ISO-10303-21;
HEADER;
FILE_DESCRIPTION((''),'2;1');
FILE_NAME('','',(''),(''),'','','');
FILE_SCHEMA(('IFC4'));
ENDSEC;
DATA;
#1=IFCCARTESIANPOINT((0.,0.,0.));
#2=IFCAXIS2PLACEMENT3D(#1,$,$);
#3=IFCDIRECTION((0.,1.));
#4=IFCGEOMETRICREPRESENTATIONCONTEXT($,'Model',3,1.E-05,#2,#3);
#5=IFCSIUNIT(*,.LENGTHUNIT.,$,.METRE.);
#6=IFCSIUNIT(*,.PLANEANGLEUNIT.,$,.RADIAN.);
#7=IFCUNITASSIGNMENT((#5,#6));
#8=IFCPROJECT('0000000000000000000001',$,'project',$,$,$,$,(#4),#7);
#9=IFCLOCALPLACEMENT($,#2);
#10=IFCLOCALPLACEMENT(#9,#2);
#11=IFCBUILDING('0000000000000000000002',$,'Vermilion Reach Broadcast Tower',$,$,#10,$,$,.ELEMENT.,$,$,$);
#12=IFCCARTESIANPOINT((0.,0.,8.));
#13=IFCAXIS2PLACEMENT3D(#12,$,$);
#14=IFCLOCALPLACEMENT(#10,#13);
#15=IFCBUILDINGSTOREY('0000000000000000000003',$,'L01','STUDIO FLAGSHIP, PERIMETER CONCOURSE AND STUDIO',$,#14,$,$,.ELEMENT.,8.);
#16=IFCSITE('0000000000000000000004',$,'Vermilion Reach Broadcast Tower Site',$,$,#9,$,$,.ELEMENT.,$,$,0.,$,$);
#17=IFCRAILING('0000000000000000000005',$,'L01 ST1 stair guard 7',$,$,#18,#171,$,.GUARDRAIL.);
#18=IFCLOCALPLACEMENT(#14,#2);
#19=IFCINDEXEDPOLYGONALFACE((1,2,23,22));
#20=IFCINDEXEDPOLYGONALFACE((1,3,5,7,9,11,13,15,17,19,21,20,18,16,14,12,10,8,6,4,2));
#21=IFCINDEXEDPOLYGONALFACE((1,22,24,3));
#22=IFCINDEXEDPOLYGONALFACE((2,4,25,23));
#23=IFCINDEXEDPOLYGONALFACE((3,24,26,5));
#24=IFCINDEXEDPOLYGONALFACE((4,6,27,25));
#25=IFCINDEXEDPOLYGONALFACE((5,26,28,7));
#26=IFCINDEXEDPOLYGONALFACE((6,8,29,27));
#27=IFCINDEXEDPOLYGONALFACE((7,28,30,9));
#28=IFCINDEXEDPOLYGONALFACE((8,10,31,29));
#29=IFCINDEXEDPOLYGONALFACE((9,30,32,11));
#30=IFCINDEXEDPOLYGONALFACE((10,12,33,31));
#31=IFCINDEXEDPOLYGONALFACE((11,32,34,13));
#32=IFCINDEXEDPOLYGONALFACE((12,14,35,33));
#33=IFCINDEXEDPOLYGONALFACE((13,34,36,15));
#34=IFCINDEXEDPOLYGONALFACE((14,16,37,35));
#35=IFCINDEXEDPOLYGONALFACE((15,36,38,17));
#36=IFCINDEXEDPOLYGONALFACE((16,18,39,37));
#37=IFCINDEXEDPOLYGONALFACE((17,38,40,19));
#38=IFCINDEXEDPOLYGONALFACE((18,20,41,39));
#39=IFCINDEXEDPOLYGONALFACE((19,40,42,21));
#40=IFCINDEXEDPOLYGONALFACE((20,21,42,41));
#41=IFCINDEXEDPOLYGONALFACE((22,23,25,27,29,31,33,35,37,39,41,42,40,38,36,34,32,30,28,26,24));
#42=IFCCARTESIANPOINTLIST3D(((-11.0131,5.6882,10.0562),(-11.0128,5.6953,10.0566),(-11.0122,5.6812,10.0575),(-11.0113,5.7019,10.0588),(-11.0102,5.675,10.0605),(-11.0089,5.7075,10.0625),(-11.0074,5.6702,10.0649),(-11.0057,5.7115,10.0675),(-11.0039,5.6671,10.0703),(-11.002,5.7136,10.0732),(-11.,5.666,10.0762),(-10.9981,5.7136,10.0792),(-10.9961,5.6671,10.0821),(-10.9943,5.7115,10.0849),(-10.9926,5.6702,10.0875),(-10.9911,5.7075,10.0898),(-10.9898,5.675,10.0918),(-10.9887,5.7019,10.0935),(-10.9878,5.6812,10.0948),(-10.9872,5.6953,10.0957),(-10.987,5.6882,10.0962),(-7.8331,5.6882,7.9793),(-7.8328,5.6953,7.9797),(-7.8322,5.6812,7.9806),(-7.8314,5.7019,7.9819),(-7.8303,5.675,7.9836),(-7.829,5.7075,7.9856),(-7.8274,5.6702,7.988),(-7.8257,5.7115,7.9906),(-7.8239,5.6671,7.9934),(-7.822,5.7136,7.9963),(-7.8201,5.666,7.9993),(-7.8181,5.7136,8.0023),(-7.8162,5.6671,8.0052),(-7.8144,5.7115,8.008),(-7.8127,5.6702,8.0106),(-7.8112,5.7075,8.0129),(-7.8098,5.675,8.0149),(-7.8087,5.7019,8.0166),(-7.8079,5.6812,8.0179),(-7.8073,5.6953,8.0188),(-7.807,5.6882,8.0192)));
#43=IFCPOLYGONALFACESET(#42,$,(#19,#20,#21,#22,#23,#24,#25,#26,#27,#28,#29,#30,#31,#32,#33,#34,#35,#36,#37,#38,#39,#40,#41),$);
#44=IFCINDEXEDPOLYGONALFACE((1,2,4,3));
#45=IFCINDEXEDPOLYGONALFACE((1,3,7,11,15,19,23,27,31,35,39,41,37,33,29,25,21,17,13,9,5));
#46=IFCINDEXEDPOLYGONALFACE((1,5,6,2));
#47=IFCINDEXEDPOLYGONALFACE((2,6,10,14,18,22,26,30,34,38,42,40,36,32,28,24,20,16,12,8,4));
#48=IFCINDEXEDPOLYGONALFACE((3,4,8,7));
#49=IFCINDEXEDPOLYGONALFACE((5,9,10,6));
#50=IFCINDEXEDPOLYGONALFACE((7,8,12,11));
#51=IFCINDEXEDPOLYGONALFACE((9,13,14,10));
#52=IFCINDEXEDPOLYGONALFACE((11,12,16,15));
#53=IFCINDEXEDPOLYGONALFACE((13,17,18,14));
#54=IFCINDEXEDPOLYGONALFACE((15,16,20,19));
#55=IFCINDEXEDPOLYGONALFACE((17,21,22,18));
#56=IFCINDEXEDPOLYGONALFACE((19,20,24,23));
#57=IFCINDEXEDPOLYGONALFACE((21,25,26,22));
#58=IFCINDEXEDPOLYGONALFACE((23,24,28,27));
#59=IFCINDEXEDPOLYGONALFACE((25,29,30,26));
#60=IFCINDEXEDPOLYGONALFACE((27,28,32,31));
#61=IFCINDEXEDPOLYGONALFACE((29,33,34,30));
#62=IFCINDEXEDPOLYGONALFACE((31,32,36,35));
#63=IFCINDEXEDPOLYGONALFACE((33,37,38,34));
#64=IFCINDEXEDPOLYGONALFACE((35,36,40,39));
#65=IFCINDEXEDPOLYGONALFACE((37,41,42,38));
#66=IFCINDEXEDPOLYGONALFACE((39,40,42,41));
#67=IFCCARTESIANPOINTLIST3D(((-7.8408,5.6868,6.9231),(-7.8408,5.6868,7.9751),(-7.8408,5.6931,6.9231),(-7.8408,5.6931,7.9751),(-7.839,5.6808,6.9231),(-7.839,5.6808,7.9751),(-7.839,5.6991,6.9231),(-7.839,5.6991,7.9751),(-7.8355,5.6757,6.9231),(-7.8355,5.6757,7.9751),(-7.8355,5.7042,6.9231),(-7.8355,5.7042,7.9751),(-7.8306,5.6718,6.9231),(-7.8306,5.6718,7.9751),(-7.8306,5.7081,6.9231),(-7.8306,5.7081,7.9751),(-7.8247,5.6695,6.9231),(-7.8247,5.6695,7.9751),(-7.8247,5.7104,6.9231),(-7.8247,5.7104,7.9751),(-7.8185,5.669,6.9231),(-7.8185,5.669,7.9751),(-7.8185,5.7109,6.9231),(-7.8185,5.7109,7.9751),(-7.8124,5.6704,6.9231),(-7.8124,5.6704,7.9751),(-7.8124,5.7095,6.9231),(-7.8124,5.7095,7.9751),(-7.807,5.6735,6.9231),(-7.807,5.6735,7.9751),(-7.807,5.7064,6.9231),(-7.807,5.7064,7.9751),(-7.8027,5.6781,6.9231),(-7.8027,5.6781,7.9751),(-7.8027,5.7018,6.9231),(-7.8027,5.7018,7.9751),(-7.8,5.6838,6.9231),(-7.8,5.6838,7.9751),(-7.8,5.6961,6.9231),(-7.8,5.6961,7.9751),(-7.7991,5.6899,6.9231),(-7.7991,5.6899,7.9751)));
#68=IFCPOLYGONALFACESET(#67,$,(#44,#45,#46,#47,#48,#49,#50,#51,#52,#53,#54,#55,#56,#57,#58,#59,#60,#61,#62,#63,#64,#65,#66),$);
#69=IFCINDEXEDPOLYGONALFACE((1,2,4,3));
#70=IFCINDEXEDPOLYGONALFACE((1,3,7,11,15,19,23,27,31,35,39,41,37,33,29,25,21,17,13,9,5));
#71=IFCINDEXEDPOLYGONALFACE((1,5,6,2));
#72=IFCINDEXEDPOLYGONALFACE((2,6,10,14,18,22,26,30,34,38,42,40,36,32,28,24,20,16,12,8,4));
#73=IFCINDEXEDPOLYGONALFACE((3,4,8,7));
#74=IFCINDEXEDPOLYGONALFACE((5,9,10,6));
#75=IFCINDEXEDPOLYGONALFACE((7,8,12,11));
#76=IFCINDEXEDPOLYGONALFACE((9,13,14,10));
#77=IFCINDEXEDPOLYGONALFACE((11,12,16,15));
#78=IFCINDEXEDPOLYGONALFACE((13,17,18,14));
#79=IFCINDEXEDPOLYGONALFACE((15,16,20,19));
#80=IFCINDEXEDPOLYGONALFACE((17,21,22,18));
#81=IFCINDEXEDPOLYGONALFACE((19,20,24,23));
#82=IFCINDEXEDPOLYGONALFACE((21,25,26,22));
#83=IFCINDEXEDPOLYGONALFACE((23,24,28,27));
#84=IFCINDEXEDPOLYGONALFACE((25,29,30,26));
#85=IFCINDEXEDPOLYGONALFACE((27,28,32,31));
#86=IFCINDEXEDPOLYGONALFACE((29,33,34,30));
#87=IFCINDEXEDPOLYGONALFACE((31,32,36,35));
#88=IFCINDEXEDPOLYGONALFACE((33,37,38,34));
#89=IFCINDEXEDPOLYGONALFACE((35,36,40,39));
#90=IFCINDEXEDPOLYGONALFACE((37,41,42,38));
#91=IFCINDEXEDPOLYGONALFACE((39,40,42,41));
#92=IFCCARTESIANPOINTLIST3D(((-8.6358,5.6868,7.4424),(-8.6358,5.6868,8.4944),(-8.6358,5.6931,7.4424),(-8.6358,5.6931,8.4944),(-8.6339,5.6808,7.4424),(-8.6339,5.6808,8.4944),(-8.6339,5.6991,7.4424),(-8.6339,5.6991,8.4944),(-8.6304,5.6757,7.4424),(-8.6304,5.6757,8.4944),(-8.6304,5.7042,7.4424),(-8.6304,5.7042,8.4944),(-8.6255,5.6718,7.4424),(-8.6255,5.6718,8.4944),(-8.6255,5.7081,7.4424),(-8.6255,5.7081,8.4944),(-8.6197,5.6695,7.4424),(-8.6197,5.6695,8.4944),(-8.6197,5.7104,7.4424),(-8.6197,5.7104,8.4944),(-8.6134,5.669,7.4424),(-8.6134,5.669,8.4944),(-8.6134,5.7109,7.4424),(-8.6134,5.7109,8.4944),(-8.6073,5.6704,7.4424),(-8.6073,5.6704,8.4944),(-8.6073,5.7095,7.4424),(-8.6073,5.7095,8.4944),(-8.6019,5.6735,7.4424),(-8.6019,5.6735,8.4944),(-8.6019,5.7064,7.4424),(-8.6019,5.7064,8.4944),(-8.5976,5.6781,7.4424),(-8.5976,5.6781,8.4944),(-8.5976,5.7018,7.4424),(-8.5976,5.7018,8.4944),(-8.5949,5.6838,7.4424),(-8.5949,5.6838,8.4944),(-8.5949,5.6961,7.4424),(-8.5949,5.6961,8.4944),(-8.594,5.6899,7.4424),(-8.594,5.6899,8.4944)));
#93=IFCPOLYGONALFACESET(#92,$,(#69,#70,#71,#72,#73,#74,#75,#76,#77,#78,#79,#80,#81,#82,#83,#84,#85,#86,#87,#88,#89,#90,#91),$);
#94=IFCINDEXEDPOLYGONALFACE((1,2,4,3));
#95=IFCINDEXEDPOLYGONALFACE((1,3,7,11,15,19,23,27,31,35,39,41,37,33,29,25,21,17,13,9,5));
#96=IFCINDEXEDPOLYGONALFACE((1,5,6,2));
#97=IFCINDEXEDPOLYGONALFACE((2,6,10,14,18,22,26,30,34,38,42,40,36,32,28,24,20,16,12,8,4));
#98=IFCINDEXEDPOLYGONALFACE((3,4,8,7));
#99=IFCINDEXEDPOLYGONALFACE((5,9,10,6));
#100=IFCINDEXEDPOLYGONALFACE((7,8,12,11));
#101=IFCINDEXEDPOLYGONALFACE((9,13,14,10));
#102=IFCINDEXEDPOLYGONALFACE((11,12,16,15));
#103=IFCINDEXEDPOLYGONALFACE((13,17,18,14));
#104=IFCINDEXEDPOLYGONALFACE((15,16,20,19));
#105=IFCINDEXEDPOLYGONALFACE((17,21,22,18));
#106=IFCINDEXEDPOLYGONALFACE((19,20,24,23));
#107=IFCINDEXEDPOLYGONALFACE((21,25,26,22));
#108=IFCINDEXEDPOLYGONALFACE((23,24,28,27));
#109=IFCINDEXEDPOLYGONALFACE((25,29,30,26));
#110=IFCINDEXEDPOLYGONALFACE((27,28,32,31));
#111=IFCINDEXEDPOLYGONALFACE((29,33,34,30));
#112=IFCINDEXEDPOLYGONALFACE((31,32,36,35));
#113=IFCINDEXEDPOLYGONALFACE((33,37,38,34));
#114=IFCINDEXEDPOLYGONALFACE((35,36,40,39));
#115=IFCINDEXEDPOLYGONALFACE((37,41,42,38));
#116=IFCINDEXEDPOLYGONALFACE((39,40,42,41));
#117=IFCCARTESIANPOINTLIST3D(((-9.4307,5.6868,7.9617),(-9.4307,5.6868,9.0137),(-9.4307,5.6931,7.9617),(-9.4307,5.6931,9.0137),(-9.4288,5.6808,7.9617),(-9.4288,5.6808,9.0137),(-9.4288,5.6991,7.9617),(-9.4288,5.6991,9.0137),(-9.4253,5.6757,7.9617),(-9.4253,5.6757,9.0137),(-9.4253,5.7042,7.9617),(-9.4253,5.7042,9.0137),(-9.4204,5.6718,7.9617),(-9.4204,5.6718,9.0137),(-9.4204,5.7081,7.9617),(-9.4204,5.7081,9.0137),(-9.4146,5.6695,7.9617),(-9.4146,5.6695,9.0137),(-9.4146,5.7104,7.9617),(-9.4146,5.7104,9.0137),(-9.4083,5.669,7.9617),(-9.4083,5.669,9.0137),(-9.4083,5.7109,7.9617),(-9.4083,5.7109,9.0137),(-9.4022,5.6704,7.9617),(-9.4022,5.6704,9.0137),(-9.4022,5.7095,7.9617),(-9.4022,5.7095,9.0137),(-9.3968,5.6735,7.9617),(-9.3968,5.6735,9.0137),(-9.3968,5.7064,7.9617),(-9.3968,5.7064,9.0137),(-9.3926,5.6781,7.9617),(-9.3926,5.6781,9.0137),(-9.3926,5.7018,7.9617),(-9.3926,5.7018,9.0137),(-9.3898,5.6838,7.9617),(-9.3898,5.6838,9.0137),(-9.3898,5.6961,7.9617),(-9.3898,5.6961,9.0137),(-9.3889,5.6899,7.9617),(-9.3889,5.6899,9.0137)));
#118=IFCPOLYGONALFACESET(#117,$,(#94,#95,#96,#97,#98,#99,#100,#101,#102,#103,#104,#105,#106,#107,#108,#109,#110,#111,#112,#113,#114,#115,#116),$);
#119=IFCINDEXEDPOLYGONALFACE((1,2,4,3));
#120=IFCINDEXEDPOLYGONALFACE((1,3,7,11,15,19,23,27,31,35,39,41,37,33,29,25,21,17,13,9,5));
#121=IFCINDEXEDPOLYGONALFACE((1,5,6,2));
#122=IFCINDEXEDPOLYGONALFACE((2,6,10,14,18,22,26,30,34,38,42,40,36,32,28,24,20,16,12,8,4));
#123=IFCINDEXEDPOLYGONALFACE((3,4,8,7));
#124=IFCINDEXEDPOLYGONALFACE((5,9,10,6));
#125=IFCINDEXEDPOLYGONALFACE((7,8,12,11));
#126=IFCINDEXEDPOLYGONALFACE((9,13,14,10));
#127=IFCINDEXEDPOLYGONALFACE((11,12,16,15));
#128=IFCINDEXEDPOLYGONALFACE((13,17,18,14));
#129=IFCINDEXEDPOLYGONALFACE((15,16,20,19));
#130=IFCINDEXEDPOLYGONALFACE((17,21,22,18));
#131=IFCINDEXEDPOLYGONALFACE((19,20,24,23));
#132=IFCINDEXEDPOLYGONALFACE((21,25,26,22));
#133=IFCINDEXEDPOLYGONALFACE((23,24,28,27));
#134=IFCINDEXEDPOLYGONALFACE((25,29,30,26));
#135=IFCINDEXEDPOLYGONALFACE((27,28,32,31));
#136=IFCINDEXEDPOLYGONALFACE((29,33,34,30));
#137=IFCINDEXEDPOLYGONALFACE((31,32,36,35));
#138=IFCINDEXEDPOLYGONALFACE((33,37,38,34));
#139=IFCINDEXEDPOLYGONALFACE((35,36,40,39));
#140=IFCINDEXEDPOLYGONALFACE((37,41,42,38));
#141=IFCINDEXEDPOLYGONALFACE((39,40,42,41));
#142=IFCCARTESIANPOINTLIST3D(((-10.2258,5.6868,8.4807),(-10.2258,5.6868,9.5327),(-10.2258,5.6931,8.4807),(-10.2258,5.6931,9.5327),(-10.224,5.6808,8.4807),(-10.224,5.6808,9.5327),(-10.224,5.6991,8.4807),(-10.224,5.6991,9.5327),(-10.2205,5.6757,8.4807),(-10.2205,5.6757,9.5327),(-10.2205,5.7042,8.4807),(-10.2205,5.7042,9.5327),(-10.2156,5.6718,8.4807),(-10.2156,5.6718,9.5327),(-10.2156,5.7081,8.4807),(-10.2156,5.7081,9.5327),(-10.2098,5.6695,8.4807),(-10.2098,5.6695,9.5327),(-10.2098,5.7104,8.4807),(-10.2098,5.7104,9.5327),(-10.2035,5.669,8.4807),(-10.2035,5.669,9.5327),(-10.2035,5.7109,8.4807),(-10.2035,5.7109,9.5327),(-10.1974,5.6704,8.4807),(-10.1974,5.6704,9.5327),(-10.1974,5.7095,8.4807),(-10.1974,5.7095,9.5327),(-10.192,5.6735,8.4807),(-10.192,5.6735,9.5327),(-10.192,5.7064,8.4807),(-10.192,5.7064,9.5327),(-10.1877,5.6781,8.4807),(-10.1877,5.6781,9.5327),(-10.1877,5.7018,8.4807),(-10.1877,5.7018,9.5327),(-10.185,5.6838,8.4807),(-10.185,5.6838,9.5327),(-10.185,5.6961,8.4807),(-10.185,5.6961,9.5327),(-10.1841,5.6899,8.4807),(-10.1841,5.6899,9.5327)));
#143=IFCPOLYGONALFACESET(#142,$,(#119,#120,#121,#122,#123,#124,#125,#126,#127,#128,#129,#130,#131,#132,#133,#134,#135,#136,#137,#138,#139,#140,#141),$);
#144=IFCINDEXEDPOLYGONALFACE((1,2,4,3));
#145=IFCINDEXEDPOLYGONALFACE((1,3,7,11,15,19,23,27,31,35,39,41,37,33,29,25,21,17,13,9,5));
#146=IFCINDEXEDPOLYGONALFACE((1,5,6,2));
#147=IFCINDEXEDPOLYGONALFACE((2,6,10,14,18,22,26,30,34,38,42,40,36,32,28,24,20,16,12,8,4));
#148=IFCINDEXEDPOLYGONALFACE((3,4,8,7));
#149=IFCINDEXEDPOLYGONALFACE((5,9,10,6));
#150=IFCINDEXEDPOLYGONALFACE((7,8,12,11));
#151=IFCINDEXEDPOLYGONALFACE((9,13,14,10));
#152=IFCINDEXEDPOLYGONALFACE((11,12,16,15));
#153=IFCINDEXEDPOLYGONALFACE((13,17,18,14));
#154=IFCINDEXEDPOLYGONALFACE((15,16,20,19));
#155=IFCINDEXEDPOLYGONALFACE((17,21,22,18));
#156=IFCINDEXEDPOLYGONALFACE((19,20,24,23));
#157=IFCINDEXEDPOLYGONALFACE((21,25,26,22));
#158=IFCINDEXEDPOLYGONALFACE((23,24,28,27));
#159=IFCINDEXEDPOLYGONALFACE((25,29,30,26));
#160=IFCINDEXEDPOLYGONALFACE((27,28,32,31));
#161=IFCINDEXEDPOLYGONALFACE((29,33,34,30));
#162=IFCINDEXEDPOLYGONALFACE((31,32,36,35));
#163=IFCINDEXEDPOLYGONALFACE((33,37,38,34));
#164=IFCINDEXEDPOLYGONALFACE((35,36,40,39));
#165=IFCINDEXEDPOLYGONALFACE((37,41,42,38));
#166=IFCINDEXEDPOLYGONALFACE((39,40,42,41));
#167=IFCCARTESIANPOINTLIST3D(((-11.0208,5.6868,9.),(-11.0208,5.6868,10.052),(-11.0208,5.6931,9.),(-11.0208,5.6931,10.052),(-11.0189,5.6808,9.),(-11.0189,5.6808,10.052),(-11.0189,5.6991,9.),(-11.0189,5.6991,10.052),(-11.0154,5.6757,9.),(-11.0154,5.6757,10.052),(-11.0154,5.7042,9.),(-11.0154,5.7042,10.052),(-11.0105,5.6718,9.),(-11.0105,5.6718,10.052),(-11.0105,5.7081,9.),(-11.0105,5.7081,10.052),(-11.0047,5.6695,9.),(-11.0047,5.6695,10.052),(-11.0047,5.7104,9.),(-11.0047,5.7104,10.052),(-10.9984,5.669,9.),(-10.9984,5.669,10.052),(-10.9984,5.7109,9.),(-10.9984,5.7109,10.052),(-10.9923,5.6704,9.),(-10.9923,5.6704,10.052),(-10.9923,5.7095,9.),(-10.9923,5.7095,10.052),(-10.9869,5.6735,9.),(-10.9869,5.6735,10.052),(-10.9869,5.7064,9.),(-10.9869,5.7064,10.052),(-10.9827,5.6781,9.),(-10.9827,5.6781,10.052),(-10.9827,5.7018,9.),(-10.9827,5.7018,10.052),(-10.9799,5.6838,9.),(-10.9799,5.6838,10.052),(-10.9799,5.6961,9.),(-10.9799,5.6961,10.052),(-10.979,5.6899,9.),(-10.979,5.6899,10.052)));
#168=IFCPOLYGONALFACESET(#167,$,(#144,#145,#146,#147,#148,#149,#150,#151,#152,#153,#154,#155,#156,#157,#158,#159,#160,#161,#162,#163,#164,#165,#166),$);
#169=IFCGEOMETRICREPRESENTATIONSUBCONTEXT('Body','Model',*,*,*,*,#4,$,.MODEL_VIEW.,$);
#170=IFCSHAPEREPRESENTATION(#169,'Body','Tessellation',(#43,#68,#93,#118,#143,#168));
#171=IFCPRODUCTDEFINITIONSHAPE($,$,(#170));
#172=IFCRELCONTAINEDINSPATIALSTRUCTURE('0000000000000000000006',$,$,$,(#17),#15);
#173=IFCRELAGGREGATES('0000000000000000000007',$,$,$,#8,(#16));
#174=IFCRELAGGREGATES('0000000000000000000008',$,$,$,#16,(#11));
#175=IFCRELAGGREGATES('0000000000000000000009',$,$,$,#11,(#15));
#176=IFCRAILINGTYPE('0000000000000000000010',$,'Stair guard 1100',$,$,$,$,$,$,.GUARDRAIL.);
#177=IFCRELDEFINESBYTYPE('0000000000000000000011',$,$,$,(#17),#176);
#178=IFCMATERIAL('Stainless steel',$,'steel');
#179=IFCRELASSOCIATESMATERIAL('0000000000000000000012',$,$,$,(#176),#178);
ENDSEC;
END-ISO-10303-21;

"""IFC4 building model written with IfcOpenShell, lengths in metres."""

from ifc_helpers import new_model, si_unit, direction, frame, origin, origin_2d, place, context, subcontext, project, spatial, circle, extrude, material, type_object, element, save


model = new_model("IFC4")

# Units and contexts
model_context = context("Model", 3, precision=1e-05, world=origin(), true_north=direction((0.0, 1.0)))
body_context = subcontext(model_context, "Body", "Model", "MODEL_VIEW")
ifc_project = project(units=[si_unit("LENGTHUNIT", "METRE"), si_unit("PLANEANGLEUNIT", "RADIAN")], contexts=[model_context])

# Site, building, storey
site_placement = place(None, origin())
site = spatial("IfcSite", under=ifc_project, at=site_placement, Name="Vermilion Reach Broadcast Tower Site", CompositionType="ELEMENT", RefElevation=0.0)
building_placement = place(site_placement, origin())
building = spatial("IfcBuilding", under=site, at=building_placement, Name="Vermilion Reach Broadcast Tower", CompositionType="ELEMENT")
storey_placement = place(building_placement, frame((0.0, 0.0, 8.0)))
storey = spatial("IfcBuildingStorey", under=building, at=storey_placement, Name="L01", Description="STUDIO FLAGSHIP, PERIMETER CONCOURSE AND STUDIO", CompositionType="ELEMENT", Elevation=8.0)

# Railing
ifc_material_1 = material(Name="Stainless steel", Category="steel")
railing_type_1 = type_object("IfcRailingType", Name="Stair guard 1100", PredefinedType="GUARDRAIL", material=ifc_material_1)
for number, where, name in (
    (1, (-7.8201, 5.6899, 6.9231), "L01 ST1 stair guard 7"),
):
    element("IfcRailing", number, at=place(storey_placement, frame(where)), inside=storey, type_object=railing_type_1, Name=name, PredefinedType="GUARDRAIL", context=body_context, shape_type="SweptSolid", body=[
        extrude(circle(Radius=0.0239, at=origin_2d()), frame((0.0, 0.0, 1.0762), z_axis=(-0.837245, 0.0, 0.546828), x_axis=(0.0, -1.0, 0.0)), (0.0, 0.0, 1.0), 3.7981),
        extrude(circle(Radius=0.021, at=origin_2d()), origin(), (0.0, 0.0, 1.0), 1.052),
        extrude(circle(Radius=0.021, at=origin_2d()), frame((-0.7949, 0.0, 0.5193)), (0.0, 0.0, 1.0), 1.052),
        extrude(circle(Radius=0.021, at=origin_2d()), frame((-1.5898, 0.0, 1.0386)), (0.0, 0.0, 1.0), 1.052),
        extrude(circle(Radius=0.021, at=origin_2d()), frame((-2.385, 0.0, 1.5576)), (0.0, 0.0, 1.0), 1.052),
        extrude(circle(Radius=0.021, at=origin_2d()), frame((-3.1799, 0.0, 2.0769)), (0.0, 0.0, 1.0), 1.052),
    ])

save(model, "model.ifc")
